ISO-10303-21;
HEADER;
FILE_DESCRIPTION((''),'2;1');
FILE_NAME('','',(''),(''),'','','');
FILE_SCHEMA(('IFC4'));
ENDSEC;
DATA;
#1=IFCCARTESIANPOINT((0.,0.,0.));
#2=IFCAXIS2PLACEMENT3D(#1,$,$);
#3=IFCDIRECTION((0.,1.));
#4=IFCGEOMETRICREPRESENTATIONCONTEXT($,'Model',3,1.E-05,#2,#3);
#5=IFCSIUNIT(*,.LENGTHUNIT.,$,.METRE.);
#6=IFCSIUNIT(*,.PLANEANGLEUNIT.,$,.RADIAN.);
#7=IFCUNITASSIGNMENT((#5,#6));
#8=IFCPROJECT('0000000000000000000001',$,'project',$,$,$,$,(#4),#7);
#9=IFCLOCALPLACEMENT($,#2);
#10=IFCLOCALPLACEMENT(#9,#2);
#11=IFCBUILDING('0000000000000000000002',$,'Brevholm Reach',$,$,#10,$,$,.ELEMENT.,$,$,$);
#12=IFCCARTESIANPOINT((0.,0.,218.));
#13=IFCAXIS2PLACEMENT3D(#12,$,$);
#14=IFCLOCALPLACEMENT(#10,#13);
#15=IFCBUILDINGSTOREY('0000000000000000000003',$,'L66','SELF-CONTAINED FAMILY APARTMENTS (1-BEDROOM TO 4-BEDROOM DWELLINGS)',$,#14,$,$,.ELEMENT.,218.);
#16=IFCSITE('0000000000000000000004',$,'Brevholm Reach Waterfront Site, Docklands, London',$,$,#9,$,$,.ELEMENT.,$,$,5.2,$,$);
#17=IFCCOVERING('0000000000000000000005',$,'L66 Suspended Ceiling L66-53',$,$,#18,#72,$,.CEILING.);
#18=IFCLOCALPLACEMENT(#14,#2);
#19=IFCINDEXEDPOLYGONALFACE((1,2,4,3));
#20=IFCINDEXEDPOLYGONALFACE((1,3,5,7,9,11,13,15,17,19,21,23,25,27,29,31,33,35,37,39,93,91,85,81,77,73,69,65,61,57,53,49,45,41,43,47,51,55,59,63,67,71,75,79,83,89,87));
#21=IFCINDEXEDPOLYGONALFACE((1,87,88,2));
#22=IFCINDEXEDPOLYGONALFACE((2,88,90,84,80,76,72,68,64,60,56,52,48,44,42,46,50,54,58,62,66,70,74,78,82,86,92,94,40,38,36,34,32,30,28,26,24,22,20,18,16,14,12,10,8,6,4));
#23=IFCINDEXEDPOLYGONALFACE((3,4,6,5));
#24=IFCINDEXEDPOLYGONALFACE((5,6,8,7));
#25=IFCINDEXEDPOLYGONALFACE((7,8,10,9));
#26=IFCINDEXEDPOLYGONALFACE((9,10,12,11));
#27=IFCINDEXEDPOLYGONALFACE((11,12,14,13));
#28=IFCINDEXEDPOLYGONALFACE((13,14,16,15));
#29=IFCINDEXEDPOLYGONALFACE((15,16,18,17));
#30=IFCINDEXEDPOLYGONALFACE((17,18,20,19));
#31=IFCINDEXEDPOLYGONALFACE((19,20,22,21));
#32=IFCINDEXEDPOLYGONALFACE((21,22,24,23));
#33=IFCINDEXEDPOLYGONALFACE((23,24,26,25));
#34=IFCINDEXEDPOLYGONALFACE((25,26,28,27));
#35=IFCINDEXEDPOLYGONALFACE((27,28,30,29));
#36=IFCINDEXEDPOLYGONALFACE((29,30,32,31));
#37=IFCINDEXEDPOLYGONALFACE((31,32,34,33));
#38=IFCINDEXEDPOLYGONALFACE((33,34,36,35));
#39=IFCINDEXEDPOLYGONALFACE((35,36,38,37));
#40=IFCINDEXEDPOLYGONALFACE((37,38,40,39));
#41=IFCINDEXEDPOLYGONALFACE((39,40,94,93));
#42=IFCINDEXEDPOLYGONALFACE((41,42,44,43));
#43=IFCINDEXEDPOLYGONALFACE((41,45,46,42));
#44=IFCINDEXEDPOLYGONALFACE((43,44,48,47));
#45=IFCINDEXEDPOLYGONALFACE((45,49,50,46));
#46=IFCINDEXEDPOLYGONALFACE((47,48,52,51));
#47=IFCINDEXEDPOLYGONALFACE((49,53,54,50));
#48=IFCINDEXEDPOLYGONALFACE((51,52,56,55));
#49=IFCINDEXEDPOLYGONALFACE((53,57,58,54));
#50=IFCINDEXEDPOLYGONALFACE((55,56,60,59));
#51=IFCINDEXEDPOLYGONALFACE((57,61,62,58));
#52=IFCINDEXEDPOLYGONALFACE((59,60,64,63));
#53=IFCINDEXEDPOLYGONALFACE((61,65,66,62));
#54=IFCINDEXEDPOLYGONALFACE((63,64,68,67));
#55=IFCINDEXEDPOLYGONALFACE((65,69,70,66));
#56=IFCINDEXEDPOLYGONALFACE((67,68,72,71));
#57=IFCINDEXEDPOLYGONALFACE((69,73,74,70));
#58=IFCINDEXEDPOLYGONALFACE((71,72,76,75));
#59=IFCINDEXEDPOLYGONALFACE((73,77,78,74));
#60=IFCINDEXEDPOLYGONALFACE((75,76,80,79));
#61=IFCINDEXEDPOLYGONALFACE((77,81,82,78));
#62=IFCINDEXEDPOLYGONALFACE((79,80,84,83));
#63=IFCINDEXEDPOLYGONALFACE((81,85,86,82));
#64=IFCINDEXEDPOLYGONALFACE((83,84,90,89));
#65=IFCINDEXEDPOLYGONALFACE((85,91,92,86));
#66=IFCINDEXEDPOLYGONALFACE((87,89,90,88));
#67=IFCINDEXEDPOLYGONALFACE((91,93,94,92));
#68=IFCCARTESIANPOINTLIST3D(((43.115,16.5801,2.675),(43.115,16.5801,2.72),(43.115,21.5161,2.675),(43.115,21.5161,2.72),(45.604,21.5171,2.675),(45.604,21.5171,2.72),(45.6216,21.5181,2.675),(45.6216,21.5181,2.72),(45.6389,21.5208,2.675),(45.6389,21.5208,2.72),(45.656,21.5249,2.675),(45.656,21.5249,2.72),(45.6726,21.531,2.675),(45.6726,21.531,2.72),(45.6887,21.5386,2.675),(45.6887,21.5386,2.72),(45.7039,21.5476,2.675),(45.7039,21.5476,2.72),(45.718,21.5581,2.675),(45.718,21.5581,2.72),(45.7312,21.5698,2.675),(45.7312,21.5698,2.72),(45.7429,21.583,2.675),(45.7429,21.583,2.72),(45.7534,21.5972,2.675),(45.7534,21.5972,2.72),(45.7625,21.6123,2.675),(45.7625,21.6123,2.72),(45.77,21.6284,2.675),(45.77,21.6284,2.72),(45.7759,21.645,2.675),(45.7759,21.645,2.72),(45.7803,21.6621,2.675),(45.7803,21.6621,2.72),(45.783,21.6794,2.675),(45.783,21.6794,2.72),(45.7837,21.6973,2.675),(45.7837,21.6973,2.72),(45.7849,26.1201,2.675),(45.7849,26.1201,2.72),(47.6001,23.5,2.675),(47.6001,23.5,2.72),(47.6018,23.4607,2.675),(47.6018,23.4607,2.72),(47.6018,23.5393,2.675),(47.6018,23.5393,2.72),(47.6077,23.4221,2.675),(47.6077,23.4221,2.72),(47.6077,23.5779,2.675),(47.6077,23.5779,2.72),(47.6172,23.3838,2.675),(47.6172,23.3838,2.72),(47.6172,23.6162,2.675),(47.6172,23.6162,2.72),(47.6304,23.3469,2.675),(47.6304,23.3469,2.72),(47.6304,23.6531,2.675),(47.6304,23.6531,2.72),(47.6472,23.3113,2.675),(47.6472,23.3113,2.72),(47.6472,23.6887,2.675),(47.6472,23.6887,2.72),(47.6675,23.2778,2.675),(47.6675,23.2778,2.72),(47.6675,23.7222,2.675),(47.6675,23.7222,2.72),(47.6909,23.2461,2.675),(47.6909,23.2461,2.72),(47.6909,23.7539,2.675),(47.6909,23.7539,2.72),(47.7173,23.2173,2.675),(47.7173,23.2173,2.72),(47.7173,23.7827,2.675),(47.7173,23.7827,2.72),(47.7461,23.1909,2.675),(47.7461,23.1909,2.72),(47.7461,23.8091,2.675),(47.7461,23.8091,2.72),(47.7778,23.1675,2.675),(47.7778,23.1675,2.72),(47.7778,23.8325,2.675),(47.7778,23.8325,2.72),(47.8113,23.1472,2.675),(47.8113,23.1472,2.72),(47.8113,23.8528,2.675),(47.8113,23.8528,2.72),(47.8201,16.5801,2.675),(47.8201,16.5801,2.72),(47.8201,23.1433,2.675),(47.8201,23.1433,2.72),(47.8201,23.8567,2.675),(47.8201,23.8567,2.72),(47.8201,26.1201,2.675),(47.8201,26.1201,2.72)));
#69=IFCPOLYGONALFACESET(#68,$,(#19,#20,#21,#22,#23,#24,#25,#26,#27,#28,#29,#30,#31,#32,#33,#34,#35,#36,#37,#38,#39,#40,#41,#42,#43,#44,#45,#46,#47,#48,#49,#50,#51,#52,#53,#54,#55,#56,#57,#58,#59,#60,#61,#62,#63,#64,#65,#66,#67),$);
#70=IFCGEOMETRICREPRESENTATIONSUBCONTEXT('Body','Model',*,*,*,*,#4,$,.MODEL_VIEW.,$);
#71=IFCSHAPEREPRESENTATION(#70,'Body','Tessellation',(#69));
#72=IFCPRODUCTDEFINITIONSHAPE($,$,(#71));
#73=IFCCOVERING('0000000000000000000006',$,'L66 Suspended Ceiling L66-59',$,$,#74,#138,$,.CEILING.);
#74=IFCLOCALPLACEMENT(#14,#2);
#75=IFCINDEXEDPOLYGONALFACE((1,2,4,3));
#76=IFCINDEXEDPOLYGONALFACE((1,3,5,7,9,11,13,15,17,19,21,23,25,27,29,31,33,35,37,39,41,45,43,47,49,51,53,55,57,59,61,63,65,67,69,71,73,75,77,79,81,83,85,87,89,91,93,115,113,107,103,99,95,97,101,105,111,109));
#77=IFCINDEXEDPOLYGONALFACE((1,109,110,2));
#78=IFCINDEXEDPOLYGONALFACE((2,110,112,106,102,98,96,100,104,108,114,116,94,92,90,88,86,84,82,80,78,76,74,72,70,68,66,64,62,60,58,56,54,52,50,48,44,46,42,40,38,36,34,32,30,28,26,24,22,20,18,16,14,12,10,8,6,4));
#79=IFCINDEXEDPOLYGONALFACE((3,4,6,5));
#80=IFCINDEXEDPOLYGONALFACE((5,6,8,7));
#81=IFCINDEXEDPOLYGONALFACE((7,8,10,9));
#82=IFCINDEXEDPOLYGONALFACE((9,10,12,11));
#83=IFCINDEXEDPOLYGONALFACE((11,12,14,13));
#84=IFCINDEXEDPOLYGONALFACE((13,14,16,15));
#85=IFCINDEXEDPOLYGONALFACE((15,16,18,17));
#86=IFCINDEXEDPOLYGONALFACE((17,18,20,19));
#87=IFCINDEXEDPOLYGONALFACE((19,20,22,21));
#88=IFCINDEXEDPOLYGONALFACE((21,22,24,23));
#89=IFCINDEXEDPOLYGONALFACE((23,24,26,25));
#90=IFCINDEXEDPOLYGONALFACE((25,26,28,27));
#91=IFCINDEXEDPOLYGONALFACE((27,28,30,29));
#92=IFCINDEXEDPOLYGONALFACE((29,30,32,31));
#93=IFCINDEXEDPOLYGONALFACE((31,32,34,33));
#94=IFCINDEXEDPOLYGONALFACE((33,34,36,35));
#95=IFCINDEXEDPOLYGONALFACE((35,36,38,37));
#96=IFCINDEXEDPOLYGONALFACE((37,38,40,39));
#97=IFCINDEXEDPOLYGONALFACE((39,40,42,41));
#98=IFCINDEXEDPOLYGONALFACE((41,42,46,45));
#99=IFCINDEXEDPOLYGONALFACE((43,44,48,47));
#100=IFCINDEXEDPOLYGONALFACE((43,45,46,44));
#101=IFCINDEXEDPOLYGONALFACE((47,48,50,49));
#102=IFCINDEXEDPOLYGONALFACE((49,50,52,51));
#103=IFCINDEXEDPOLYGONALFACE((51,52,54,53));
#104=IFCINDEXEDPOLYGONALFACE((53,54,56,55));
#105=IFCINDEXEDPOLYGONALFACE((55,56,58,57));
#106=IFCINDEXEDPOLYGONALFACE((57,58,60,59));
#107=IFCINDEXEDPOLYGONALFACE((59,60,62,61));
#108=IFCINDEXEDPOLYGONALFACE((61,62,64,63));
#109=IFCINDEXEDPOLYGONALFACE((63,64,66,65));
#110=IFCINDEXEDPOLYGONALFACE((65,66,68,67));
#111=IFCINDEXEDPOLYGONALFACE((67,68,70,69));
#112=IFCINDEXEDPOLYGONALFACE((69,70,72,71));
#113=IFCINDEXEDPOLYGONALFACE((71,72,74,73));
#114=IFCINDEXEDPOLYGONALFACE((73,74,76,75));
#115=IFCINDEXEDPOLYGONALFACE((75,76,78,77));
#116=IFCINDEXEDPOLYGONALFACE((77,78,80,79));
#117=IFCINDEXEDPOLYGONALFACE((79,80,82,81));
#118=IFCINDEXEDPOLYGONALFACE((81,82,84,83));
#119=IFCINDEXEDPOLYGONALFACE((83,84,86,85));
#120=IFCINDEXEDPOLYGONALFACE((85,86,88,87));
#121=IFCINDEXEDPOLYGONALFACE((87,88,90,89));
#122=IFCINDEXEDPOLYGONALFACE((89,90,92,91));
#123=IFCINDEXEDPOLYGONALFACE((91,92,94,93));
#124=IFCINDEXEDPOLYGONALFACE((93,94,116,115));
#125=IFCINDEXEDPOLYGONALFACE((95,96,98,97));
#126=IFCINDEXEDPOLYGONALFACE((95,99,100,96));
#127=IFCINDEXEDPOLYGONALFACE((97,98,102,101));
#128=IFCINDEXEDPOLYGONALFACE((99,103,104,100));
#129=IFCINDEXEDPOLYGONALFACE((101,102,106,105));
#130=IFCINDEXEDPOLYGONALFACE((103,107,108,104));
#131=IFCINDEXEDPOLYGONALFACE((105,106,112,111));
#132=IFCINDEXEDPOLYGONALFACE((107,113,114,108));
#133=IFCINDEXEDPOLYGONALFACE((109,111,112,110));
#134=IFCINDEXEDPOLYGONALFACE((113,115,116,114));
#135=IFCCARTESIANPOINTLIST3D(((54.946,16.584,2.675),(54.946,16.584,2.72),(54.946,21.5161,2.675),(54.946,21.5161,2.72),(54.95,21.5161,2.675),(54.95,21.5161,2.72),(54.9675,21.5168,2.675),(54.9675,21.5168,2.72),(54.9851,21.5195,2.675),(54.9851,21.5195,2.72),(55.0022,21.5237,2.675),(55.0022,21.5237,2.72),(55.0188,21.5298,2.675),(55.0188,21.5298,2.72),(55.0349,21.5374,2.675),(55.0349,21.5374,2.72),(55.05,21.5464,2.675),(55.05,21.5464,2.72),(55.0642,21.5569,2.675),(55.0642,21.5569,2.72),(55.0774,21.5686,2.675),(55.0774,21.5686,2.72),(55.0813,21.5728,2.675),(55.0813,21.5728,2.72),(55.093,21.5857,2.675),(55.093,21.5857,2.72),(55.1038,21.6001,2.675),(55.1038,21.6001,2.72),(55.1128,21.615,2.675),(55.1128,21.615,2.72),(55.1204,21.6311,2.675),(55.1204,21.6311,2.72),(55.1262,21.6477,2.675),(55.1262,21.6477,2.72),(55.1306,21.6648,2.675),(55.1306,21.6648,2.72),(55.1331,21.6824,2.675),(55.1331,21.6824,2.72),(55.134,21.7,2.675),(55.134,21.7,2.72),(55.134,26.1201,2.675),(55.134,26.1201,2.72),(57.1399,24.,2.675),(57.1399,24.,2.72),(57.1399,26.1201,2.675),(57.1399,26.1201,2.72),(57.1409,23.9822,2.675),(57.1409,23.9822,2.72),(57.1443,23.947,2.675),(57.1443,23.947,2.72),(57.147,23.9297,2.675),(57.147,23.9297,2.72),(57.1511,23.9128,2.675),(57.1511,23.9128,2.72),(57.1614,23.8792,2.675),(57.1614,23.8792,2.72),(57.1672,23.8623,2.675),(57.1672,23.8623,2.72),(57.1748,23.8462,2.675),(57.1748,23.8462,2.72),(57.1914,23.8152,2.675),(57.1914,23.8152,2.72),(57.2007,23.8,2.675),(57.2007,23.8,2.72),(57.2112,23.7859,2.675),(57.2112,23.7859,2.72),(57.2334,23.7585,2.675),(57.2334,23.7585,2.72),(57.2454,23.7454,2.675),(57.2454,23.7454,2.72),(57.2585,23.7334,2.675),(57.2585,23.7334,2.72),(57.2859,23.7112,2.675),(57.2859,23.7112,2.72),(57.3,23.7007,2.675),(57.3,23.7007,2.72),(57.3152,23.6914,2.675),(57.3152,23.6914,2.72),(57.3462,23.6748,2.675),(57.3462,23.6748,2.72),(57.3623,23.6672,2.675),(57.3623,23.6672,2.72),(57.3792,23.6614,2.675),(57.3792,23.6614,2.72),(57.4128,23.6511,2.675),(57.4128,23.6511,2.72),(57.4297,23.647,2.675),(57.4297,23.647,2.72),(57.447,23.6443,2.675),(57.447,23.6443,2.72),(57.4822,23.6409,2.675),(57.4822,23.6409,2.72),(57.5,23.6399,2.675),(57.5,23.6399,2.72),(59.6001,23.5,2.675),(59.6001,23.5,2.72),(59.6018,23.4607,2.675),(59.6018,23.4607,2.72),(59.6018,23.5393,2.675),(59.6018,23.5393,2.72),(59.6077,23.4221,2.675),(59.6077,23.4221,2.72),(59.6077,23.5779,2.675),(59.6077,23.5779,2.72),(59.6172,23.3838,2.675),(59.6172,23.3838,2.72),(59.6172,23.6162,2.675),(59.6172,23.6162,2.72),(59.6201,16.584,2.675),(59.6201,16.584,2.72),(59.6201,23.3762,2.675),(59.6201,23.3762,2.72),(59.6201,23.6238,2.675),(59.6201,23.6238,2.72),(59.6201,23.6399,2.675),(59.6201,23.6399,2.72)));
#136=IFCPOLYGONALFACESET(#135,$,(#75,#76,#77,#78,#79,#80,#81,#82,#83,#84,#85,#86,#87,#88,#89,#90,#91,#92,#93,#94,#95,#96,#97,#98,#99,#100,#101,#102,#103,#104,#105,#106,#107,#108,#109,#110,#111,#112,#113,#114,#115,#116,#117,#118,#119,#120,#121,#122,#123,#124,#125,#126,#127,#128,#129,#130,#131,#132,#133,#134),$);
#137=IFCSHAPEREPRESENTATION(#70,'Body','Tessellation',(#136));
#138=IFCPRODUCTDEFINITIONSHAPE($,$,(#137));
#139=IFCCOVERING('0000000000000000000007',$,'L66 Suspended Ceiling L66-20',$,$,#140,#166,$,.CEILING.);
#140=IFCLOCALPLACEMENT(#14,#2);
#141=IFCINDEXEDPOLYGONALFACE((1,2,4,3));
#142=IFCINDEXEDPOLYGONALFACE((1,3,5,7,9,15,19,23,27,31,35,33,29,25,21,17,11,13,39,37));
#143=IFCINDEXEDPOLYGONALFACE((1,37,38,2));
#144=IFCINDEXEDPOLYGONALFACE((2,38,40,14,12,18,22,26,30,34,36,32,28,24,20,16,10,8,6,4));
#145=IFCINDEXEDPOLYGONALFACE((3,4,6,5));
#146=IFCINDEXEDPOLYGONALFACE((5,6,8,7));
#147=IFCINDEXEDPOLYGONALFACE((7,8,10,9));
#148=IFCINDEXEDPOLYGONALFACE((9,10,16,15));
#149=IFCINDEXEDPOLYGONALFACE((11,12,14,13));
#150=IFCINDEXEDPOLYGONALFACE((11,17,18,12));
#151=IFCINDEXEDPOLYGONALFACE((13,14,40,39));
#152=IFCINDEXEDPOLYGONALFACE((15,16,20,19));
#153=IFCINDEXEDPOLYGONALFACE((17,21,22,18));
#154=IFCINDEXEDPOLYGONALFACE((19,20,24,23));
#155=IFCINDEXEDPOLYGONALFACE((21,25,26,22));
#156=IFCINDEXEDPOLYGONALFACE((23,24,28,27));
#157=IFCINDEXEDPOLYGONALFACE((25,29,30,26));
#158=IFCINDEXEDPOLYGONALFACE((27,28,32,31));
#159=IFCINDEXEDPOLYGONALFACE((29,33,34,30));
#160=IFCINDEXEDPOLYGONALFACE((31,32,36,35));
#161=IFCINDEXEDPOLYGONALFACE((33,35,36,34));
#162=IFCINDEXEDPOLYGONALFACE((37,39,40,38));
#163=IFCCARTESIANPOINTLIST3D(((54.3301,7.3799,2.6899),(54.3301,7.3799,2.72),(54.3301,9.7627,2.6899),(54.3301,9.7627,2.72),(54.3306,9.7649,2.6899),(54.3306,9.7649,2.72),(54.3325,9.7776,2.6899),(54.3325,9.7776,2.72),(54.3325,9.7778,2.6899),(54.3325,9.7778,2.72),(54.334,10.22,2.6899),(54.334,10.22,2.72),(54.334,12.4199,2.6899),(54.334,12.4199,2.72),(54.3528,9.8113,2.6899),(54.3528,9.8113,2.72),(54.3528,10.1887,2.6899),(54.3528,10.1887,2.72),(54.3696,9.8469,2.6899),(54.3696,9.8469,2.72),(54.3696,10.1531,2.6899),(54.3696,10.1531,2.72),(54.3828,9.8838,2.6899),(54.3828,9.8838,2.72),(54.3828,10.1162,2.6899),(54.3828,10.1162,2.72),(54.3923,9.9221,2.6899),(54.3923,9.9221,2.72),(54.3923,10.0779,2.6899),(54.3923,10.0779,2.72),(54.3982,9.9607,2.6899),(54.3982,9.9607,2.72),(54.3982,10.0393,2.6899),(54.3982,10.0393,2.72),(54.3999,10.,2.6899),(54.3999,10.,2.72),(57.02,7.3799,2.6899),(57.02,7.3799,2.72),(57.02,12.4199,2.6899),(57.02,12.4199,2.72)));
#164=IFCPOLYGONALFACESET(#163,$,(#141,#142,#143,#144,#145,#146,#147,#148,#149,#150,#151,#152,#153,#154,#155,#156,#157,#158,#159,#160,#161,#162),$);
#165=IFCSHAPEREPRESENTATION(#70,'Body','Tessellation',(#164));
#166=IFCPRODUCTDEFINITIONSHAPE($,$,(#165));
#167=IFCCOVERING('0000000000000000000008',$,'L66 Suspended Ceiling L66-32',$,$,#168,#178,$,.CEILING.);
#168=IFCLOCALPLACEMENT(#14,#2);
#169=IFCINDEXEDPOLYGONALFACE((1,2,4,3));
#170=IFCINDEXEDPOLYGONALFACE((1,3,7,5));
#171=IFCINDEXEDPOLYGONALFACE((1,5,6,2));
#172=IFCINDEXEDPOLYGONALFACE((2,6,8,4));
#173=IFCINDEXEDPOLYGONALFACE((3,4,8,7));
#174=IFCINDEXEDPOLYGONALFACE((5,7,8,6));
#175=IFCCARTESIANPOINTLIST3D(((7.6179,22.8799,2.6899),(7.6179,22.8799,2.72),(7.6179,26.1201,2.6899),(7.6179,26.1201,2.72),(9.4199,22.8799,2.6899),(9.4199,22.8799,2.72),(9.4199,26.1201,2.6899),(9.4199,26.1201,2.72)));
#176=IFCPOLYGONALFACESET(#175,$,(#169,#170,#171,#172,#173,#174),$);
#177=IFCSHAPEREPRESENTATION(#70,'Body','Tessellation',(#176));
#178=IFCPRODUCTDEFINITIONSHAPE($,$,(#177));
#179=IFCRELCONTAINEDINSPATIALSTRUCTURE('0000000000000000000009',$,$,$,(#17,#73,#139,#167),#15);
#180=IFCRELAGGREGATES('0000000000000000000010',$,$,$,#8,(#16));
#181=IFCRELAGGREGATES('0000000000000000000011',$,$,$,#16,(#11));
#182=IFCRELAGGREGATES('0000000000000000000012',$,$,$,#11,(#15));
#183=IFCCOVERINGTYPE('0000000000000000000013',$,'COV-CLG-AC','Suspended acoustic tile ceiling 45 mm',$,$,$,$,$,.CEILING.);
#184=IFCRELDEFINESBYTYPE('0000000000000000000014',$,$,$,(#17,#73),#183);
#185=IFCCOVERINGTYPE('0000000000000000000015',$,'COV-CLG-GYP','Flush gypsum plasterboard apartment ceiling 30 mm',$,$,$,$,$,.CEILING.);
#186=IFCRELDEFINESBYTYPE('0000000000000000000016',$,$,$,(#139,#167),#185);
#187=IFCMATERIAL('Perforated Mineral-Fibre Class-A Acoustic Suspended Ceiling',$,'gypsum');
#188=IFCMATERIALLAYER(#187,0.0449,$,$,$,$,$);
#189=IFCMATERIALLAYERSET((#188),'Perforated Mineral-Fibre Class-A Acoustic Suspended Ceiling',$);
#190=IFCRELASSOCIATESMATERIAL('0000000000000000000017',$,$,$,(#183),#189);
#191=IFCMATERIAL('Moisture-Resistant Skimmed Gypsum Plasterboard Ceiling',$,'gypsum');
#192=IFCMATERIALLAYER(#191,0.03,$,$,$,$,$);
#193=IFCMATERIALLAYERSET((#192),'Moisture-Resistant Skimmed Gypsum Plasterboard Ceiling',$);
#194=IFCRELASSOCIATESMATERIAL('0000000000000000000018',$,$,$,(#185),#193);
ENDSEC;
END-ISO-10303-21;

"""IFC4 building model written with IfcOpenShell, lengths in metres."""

from ifc_helpers import new_model, si_unit, direction, frame, origin, place, context, subcontext, project, spatial, polyline, outline, extrude, material, layer, layer_set, type_object, element, save


model = new_model("IFC4")

# Units and contexts
model_context = context("Model", 3, precision=1e-05, world=origin(), true_north=direction((0.0, 1.0)))
body_context = subcontext(model_context, "Body", "Model", "MODEL_VIEW")
ifc_project = project(units=[si_unit("LENGTHUNIT", "METRE"), si_unit("PLANEANGLEUNIT", "RADIAN")], contexts=[model_context])

# Site, building, storey
site_placement = place(None, origin())
site = spatial("IfcSite", under=ifc_project, at=site_placement, Name="Brevholm Reach Waterfront Site, Docklands, London", CompositionType="ELEMENT", RefElevation=5.2)
building_placement = place(site_placement, origin())
building = spatial("IfcBuilding", under=site, at=building_placement, Name="Brevholm Reach", CompositionType="ELEMENT")
storey_placement = place(building_placement, frame((0.0, 0.0, 218.0)))
storey = spatial("IfcBuildingStorey", under=building, at=storey_placement, Name="L66", Description="SELF-CONTAINED FAMILY APARTMENTS (1-BEDROOM TO 4-BEDROOM DWELLINGS)", CompositionType="ELEMENT", Elevation=218.0)

# Coverings
ifc_material_1 = material(Name="Perforated Mineral-Fibre Class-A Acoustic Suspended Ceiling", Category="gypsum")
ifc_layer_1 = layer(ifc_material_1, 0.0449)
ifc_layer_set_1 = layer_set([ifc_layer_1], Name="Perforated Mineral-Fibre Class-A Acoustic Suspended Ceiling")
covering_type_1 = type_object("IfcCoveringType", Name="COV-CLG-AC", Description="Suspended acoustic tile ceiling 45 mm", PredefinedType="CEILING", material=ifc_layer_set_1)
covering_1_placement = place(storey_placement, frame((0.0, 0.0, 2.675)))
element("IfcCovering", 1, at=covering_1_placement, inside=storey, type_object=covering_type_1, Name="L66 Suspended Ceiling L66-53", PredefinedType="CEILING", context=body_context, shape_type="SweptSolid", body=[
    extrude(outline(polyline([(43.115, 21.5161), (45.604, 21.5171), (45.6216, 21.5181), (45.6389, 21.5208), (45.656, 21.5249), (45.6726, 21.531), (45.6887, 21.5386), (45.7039, 21.5476), (45.718, 21.5581), (45.7312, 21.5698), (45.7429, 21.583), (45.7534, 21.5972), (45.7625, 21.6123), (45.77, 21.6284), (45.7759, 21.645), (45.7803, 21.6621), (45.783, 21.6794), (45.7837, 21.6973), (45.7849, 26.1201), (47.8201, 26.1201), (47.8201, 23.8567), (47.8113, 23.8528), (47.7778, 23.8325), (47.7461, 23.8091), (47.7173, 23.7827), (47.6909, 23.7539), (47.6675, 23.7222), (47.6472, 23.6887), (47.6304, 23.6531), (47.6172, 23.6162), (47.6077, 23.5779), (47.6018, 23.5393), (47.6001, 23.5), (47.6018, 23.4607), (47.6077, 23.4221), (47.6172, 23.3838), (47.6304, 23.3469), (47.6472, 23.3113), (47.6675, 23.2778), (47.6909, 23.2461), (47.7173, 23.2173), (47.7461, 23.1909), (47.7778, 23.1675), (47.8113, 23.1472), (47.8201, 23.1433), (47.8201, 16.5801), (43.115, 16.5801), (43.115, 21.5161)])), origin(), (0.0, 0.0, 1.0), 0.0449),
])
covering_2_placement = place(storey_placement, frame((0.0, 0.0, 2.675)))
element("IfcCovering", 2, at=covering_2_placement, inside=storey, type_object=covering_type_1, Name="L66 Suspended Ceiling L66-59", PredefinedType="CEILING", context=body_context, shape_type="SweptSolid", body=[
    extrude(outline(polyline([(54.946, 21.5161), (54.95, 21.5161), (54.9675, 21.5168), (54.9851, 21.5195), (55.0022, 21.5237), (55.0188, 21.5298), (55.0349, 21.5374), (55.05, 21.5464), (55.0642, 21.5569), (55.0774, 21.5686), (55.0813, 21.5728), (55.093, 21.5857), (55.1038, 21.6001), (55.1128, 21.615), (55.1204, 21.6311), (55.1262, 21.6477), (55.1306, 21.6648), (55.1331, 21.6824), (55.134, 21.7), (55.134, 26.1201), (57.1399, 26.1201), (57.1399, 24.0), (57.1409, 23.9822), (57.1443, 23.947), (57.147, 23.9297), (57.1511, 23.9128), (57.1614, 23.8792), (57.1672, 23.8623), (57.1748, 23.8462), (57.1914, 23.8152), (57.2007, 23.8), (57.2112, 23.7859), (57.2334, 23.7585), (57.2454, 23.7454), (57.2585, 23.7334), (57.2859, 23.7112), (57.3, 23.7007), (57.3152, 23.6914), (57.3462, 23.6748), (57.3623, 23.6672), (57.3792, 23.6614), (57.4128, 23.6511), (57.4297, 23.647), (57.447, 23.6443), (57.4822, 23.6409), (57.5, 23.6399), (59.6201, 23.6399), (59.6201, 23.6238), (59.6172, 23.6162), (59.6077, 23.5779), (59.6018, 23.5393), (59.6001, 23.5), (59.6018, 23.4607), (59.6077, 23.4221), (59.6172, 23.3838), (59.6201, 23.3762), (59.6201, 16.584), (54.946, 16.584), (54.946, 21.5161)])), origin(), (0.0, 0.0, 1.0), 0.0449),
])
ifc_material_2 = material(Name="Moisture-Resistant Skimmed Gypsum Plasterboard Ceiling", Category="gypsum")
ifc_layer_2 = layer(ifc_material_2, 0.03)
ifc_layer_set_2 = layer_set([ifc_layer_2], Name="Moisture-Resistant Skimmed Gypsum Plasterboard Ceiling")
covering_type_2 = type_object("IfcCoveringType", Name="COV-CLG-GYP", Description="Flush gypsum plasterboard apartment ceiling 30 mm", PredefinedType="CEILING", material=ifc_layer_set_2)
covering_3_placement = place(storey_placement, frame((0.0, 0.0, 2.6899)))
element("IfcCovering", 3, at=covering_3_placement, inside=storey, type_object=covering_type_2, Name="L66 Suspended Ceiling L66-20", PredefinedType="CEILING", context=body_context, shape_type="SweptSolid", body=[
    extrude(outline(polyline([(54.3301, 9.7627), (54.3306, 9.7649), (54.3325, 9.7776), (54.3325, 9.7778), (54.3528, 9.8113), (54.3696, 9.8469), (54.3828, 9.8838), (54.3923, 9.9221), (54.3982, 9.9607), (54.3999, 10.0), (54.3982, 10.0393), (54.3923, 10.0779), (54.3828, 10.1162), (54.3696, 10.1531), (54.3528, 10.1887), (54.334, 10.22), (54.334, 12.4199), (57.02, 12.4199), (57.02, 7.3799), (54.3301, 7.3799), (54.3301, 9.7627)])), origin(), (0.0, 0.0, 1.0), 0.03),
])
covering_4_placement = place(storey_placement, frame((0.0, 0.0, 2.6899)))
element("IfcCovering", 4, at=covering_4_placement, inside=storey, type_object=covering_type_2, Name="L66 Suspended Ceiling L66-32", PredefinedType="CEILING", context=body_context, shape_type="SweptSolid", body=[
    extrude(outline(polyline([(7.6179, 26.1201), (9.4199, 26.1201), (9.4199, 22.8799), (7.6179, 22.8799), (7.6179, 26.1201)])), origin(), (0.0, 0.0, 1.0), 0.03),
])

save(model, "model.ifc")
